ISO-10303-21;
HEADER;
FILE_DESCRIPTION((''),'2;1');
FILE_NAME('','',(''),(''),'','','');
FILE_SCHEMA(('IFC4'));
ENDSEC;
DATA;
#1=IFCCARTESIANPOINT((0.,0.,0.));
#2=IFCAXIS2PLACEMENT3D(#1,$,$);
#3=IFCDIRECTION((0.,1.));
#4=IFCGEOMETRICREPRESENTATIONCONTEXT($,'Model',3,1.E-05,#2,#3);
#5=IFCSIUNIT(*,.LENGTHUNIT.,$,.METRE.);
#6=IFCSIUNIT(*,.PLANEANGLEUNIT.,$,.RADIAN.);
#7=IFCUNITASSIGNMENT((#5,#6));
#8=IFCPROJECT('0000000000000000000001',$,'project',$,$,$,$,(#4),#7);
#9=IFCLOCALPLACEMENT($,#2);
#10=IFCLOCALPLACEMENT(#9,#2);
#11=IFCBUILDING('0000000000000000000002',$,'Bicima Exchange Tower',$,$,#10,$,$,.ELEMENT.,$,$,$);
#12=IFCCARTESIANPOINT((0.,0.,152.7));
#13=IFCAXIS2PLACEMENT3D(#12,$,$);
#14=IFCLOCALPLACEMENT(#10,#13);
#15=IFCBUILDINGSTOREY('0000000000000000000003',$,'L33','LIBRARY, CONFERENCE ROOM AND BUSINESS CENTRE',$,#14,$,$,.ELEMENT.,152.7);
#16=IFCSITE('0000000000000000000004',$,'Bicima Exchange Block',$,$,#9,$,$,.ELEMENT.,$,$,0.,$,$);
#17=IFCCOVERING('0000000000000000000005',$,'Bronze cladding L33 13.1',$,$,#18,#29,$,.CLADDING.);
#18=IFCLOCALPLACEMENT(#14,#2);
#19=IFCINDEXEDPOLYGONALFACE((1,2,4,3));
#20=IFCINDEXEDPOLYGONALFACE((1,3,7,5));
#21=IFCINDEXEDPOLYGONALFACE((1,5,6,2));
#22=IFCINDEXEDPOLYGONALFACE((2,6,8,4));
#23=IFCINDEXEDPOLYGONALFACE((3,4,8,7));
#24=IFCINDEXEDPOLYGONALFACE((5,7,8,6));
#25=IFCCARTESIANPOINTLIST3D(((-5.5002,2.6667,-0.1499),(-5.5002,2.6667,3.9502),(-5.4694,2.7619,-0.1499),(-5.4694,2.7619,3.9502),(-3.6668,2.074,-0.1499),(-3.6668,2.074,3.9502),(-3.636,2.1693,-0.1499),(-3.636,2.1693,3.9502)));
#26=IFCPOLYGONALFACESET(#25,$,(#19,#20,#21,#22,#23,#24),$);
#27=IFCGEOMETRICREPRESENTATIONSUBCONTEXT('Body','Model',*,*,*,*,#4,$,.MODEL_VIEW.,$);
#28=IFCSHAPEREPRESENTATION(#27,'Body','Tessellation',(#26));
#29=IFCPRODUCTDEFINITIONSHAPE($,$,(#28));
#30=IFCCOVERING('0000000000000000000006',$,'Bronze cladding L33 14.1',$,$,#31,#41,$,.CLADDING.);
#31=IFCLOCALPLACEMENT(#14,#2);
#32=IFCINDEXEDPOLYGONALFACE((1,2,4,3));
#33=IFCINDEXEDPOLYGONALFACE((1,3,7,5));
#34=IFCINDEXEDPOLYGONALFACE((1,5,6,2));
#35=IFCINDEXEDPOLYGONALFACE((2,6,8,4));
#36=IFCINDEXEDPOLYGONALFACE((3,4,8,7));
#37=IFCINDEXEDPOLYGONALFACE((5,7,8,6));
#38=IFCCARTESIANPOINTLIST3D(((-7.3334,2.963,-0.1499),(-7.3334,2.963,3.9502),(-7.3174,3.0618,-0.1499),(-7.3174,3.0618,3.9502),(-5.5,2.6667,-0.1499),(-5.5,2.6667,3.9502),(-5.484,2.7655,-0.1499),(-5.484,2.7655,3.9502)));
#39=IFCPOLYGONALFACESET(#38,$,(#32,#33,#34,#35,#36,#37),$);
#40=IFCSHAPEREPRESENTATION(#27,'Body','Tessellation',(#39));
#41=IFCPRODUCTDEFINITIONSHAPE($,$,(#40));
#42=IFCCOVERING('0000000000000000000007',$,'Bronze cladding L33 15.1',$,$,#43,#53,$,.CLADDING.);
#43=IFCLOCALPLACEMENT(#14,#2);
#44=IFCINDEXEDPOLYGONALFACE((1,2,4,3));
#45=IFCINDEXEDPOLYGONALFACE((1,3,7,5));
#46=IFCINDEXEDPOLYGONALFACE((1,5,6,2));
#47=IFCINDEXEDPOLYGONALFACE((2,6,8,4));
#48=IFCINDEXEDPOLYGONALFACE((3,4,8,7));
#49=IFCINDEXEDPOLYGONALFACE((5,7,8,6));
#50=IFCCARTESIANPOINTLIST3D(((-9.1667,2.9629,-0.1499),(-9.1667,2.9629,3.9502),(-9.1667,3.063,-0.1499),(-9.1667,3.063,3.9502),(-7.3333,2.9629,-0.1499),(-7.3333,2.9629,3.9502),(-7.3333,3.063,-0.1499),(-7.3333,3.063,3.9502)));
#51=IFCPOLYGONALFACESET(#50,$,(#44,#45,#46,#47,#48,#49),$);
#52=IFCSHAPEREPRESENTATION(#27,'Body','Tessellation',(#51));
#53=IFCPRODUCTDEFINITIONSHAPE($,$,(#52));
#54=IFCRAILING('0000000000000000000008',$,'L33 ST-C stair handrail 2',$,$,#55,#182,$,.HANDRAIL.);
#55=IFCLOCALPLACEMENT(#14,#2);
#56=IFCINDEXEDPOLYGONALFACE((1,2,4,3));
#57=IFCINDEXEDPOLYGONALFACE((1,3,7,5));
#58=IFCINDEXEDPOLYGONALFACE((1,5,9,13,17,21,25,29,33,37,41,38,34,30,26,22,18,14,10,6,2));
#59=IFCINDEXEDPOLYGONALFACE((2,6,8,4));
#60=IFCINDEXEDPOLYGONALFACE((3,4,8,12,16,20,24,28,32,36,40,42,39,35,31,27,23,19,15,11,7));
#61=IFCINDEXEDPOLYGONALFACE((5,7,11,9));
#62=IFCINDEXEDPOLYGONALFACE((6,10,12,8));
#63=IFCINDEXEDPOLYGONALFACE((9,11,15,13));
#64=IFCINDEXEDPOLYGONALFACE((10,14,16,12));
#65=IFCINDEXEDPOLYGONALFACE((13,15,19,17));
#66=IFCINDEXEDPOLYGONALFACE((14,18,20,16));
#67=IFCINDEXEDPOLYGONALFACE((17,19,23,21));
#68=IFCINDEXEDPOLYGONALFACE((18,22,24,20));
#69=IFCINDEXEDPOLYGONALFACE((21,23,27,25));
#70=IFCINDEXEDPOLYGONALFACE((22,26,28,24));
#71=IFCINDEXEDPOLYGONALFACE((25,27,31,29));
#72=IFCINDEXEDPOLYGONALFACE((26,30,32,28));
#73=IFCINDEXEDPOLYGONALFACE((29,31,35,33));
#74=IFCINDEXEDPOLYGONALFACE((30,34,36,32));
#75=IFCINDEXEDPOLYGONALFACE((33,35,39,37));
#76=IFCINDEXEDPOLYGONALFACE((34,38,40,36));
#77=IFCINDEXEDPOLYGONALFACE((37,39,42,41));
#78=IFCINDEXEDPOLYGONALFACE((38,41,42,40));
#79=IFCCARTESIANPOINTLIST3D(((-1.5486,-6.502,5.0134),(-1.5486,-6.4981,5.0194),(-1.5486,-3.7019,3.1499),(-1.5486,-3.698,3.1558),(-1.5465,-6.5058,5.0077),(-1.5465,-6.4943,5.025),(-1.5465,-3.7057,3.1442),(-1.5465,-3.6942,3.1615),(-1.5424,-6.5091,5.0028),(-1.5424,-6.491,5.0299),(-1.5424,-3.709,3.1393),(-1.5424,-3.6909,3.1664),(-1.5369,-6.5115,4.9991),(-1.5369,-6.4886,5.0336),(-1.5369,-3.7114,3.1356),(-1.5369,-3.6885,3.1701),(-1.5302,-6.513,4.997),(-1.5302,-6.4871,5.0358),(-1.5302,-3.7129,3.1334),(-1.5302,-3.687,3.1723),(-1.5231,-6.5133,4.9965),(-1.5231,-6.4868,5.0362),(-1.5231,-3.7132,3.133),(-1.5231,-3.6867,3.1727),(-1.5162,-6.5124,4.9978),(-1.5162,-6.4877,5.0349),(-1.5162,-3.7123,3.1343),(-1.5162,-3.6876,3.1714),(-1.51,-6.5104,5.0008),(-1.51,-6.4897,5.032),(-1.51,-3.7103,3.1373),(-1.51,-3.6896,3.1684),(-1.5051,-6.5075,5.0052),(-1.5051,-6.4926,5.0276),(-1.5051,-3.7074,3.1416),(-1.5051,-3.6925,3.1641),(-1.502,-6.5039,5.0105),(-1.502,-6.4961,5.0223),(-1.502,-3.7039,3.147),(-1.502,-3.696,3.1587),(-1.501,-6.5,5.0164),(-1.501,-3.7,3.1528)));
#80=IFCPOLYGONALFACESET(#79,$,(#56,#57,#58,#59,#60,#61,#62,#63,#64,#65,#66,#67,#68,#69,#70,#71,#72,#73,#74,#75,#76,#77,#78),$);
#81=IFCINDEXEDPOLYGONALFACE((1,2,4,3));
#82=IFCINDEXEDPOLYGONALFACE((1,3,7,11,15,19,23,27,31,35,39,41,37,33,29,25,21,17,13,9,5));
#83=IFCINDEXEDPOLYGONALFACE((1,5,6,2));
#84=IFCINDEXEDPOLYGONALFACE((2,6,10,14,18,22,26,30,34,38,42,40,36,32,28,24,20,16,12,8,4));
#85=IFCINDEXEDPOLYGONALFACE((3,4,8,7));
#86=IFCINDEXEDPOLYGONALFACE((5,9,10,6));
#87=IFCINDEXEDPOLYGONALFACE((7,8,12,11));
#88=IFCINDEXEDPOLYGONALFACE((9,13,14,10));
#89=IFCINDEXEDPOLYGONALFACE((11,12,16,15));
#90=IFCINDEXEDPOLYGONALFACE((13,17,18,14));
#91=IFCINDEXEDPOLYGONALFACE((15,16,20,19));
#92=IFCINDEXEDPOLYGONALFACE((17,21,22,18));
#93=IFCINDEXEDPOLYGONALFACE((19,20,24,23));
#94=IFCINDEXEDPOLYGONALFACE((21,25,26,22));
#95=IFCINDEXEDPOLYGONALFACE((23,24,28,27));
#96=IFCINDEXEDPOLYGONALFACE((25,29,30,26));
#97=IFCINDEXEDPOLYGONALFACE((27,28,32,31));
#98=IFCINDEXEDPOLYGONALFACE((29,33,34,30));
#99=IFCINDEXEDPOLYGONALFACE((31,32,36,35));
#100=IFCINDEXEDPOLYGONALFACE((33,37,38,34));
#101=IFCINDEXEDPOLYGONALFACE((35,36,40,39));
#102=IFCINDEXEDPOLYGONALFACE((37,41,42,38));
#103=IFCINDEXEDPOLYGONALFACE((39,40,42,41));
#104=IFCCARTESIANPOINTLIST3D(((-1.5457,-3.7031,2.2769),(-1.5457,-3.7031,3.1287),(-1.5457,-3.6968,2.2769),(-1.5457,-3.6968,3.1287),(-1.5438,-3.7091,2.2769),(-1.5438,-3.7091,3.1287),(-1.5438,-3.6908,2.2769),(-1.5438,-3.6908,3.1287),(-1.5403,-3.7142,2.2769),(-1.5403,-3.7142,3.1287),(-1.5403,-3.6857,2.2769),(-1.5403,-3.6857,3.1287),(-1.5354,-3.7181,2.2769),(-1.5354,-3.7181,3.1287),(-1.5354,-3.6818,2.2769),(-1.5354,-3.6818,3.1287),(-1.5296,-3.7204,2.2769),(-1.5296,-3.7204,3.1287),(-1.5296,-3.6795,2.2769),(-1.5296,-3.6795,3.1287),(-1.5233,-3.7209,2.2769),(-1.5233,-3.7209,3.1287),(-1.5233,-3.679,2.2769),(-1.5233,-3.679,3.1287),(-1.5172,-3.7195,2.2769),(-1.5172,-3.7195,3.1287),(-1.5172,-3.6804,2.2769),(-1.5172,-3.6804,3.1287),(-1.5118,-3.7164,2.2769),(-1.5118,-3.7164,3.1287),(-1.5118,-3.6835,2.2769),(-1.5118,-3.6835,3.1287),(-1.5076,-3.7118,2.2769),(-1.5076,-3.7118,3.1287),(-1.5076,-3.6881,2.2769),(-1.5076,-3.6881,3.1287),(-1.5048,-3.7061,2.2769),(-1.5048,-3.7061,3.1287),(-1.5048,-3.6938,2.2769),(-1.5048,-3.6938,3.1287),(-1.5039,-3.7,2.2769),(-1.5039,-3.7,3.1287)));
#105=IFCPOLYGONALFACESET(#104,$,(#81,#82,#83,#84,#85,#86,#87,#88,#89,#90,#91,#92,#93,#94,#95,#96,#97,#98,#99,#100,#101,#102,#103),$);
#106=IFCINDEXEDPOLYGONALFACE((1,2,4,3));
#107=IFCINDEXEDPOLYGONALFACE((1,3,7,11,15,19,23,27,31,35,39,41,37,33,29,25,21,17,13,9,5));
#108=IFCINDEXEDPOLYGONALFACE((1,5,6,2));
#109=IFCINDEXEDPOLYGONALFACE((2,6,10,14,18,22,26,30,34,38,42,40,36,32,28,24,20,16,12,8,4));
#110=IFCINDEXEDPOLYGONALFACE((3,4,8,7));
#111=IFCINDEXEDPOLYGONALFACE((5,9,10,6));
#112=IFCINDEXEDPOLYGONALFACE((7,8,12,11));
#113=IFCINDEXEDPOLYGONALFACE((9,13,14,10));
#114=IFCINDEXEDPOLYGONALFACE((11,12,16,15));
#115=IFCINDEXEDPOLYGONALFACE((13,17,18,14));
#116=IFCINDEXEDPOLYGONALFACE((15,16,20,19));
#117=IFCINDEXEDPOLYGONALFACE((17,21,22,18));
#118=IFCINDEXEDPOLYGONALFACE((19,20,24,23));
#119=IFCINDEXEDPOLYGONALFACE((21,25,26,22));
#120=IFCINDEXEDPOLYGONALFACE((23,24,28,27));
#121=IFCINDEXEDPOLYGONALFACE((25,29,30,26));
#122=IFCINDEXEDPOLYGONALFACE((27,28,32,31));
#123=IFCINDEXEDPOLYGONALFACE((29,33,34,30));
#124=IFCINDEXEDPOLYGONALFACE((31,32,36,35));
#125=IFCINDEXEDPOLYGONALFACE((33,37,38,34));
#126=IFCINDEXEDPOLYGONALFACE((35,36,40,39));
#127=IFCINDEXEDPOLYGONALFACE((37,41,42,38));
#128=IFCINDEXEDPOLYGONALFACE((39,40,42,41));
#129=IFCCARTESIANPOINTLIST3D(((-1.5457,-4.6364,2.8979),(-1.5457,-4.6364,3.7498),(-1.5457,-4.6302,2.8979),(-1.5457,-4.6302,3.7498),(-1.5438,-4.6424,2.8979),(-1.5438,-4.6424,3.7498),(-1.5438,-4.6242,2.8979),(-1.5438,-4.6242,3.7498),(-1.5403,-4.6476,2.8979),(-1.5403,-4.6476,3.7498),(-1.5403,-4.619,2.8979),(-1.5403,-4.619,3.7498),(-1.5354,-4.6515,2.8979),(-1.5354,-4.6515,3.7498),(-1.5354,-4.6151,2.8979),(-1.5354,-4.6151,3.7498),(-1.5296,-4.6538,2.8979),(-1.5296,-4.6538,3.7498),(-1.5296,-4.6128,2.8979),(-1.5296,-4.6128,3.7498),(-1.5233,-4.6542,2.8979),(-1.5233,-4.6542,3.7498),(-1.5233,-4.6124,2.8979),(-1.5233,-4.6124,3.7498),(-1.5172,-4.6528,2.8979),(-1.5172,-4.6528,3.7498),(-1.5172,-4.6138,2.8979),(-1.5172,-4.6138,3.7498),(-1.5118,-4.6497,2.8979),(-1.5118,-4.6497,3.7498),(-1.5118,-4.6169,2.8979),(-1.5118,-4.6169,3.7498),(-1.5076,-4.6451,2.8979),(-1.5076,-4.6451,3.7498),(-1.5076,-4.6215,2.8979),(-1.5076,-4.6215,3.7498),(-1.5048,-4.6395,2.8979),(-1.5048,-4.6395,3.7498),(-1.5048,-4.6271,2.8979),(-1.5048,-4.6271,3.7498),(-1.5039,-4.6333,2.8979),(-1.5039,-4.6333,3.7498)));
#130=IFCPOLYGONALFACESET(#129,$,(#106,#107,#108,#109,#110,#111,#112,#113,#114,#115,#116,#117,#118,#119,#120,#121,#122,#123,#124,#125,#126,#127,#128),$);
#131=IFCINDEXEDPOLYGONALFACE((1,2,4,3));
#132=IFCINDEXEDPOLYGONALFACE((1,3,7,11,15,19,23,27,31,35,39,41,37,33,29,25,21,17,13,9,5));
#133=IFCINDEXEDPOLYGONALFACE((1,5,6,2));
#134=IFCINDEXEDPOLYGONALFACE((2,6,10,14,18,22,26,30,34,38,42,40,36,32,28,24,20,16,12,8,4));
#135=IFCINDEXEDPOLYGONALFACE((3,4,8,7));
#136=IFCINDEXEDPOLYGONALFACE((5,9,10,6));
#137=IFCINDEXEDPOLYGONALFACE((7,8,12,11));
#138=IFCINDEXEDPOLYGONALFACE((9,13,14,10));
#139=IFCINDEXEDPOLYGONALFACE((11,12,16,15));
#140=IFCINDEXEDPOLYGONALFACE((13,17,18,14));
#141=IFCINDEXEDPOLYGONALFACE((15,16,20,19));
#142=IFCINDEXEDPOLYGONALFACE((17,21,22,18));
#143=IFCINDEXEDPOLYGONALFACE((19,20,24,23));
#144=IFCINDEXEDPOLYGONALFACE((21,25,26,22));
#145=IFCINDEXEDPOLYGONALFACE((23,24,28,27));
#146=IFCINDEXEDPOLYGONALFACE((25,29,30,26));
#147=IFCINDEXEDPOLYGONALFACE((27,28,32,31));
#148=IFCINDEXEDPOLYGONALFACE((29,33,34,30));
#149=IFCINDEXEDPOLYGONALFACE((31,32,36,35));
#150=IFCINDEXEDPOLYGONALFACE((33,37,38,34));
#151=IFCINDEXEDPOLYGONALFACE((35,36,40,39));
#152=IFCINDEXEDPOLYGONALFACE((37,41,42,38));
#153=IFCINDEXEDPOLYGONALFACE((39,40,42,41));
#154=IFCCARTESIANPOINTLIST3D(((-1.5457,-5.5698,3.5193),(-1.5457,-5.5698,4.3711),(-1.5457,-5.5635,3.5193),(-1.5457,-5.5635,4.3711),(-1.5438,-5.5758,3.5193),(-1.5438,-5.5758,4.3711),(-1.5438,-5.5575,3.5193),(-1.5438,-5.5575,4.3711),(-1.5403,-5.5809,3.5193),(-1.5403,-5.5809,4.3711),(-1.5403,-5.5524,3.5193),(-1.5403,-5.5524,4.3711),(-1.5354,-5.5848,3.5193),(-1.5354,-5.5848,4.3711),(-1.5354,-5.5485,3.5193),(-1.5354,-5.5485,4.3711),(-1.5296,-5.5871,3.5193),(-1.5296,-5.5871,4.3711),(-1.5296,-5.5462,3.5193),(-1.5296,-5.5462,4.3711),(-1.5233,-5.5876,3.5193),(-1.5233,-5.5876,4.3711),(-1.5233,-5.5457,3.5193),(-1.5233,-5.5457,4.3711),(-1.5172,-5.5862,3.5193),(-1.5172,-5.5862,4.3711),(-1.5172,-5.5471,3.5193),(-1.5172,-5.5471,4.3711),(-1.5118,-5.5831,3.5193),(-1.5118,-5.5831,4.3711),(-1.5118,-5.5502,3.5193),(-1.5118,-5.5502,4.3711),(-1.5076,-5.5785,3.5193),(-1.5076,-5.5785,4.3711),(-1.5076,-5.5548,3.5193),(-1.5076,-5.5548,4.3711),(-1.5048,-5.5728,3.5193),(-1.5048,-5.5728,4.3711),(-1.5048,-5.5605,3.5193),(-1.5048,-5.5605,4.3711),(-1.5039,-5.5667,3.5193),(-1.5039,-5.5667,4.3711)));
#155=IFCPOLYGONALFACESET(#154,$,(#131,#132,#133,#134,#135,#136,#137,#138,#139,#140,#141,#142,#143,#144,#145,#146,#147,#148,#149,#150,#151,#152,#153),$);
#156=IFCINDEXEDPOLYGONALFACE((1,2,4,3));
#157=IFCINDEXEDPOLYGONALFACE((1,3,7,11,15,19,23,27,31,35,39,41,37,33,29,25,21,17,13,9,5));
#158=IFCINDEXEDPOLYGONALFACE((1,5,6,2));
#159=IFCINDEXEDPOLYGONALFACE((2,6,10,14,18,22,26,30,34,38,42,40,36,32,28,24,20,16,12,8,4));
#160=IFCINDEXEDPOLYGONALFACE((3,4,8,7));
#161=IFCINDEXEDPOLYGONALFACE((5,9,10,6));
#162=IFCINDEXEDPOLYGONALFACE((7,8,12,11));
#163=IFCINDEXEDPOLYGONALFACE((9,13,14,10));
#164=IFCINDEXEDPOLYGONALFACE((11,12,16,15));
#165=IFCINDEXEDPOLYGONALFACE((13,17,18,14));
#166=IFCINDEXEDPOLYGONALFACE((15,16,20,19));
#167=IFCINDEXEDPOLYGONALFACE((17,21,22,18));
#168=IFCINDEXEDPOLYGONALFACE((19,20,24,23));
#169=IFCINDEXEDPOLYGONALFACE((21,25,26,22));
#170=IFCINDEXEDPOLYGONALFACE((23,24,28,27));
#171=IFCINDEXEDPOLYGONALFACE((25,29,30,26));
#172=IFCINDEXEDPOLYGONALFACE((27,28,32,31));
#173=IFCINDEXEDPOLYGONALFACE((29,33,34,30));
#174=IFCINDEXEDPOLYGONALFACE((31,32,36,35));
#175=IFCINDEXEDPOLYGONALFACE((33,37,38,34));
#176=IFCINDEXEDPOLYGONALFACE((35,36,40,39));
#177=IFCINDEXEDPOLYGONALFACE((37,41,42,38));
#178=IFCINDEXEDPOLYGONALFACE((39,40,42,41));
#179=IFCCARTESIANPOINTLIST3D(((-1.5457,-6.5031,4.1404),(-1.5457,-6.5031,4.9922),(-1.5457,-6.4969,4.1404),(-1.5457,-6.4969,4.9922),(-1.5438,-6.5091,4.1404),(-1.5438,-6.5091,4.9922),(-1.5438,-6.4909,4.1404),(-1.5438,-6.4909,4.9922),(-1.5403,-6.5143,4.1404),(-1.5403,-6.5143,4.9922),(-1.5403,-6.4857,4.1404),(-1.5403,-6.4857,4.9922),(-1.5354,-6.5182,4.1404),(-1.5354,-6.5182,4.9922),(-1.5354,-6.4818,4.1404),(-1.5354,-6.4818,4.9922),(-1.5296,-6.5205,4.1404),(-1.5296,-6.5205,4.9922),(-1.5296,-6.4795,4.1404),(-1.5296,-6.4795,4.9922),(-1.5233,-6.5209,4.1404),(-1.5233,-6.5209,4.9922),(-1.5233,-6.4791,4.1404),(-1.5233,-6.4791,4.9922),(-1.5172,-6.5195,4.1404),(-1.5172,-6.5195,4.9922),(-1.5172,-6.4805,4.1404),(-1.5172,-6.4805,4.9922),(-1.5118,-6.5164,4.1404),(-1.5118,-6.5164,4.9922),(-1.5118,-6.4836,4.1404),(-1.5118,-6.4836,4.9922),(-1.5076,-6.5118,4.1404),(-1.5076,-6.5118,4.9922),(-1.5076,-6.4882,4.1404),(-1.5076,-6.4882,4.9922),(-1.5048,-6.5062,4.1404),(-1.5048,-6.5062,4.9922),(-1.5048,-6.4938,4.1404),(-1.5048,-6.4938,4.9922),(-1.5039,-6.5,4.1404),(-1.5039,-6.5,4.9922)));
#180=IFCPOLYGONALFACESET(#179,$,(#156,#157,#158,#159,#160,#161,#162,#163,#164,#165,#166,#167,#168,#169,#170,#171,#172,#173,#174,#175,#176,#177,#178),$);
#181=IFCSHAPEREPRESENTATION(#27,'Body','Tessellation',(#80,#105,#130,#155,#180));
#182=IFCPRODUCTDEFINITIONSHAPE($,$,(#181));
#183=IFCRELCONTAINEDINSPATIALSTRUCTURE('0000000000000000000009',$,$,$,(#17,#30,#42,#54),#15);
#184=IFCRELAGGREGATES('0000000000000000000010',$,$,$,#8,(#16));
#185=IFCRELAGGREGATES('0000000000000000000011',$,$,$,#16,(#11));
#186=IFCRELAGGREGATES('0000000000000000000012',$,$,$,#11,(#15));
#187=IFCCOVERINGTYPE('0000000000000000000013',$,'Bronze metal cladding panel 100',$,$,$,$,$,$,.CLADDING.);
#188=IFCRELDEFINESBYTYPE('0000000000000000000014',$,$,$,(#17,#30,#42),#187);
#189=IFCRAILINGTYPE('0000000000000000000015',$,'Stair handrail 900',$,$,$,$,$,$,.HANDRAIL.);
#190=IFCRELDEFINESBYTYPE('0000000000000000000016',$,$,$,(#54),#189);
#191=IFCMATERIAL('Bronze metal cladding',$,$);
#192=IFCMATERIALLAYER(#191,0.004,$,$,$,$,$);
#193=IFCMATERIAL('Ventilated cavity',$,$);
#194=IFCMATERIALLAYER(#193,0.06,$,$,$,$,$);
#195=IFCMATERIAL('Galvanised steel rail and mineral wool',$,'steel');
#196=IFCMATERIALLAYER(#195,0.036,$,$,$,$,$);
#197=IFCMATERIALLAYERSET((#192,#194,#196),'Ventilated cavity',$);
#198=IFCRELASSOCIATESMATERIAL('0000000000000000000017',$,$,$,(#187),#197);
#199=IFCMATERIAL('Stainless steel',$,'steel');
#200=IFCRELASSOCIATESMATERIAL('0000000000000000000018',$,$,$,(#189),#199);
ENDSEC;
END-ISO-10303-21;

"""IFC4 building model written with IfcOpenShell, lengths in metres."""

from ifc_helpers import new_model, si_unit, direction, frame, origin, origin_2d, place, context, subcontext, project, spatial, rectangle, circle, extrude, material, layer, layer_set, type_object, element, save


model = new_model("IFC4")

# Units and contexts
model_context = context("Model", 3, precision=1e-05, world=origin(), true_north=direction((0.0, 1.0)))
body_context = subcontext(model_context, "Body", "Model", "MODEL_VIEW")
ifc_project = project(units=[si_unit("LENGTHUNIT", "METRE"), si_unit("PLANEANGLEUNIT", "RADIAN")], contexts=[model_context])

# Site, building, storey
site_placement = place(None, origin())
site = spatial("IfcSite", under=ifc_project, at=site_placement, Name="Bicima Exchange Block", CompositionType="ELEMENT", RefElevation=0.0)
building_placement = place(site_placement, origin())
building = spatial("IfcBuilding", under=site, at=building_placement, Name="Bicima Exchange Tower", CompositionType="ELEMENT")
storey_placement = place(building_placement, frame((0.0, 0.0, 152.7)))
storey = spatial("IfcBuildingStorey", under=building, at=storey_placement, Name="L33", Description="LIBRARY, CONFERENCE ROOM AND BUSINESS CENTRE", CompositionType="ELEMENT", Elevation=152.7)

# Coverings
ifc_material_1 = material(Name="Bronze metal cladding")
ifc_layer_1 = layer(ifc_material_1, 0.004)
ifc_material_2 = material(Name="Ventilated cavity")
ifc_layer_2 = layer(ifc_material_2, 0.06)
ifc_material_3 = material(Name="Galvanised steel rail and mineral wool", Category="steel")
ifc_layer_3 = layer(ifc_material_3, 0.036)
ifc_layer_set_1 = layer_set([ifc_layer_1, ifc_layer_2, ifc_layer_3], Name="Ventilated cavity")
covering_type = type_object("IfcCoveringType", Name="Bronze metal cladding panel 100", PredefinedType="CLADDING", material=ifc_layer_set_1)
covering_1_placement = place(storey_placement, frame((-4.5681, 2.418, -0.1499), z_axis=(0.0, 0.0, 1.0), x_axis=(-0.951525, 0.307573, 0.0)))
element("IfcCovering", 1, at=covering_1_placement, inside=storey, type_object=covering_type, Name="Bronze cladding L33 13.1", PredefinedType="CLADDING", context=body_context, shape_type="SweptSolid", body=[
    extrude(rectangle(XDim=1.9268, YDim=0.1001, at=origin_2d()), origin(), (0.0, 0.0, 1.0), 4.1001),
])
covering_2_placement = place(storey_placement, frame((-6.4087, 2.8643, -0.1499), z_axis=(0.0, 0.0, 1.0), x_axis=(-0.98719, 0.15955, 0.0)))
element("IfcCovering", 2, at=covering_2_placement, inside=storey, type_object=covering_type, Name="Bronze cladding L33 14.1", PredefinedType="CLADDING", context=body_context, shape_type="SweptSolid", body=[
    extrude(rectangle(XDim=1.8572, YDim=0.1001, at=origin_2d()), origin(), (0.0, 0.0, 1.0), 4.1001),
])
covering_3_placement = place(storey_placement, frame((-8.25, 3.0129, -0.1499), z_axis=(0.0, 0.0, 1.0), x_axis=(-1.0, 0.0, 0.0)))
element("IfcCovering", 3, at=covering_3_placement, inside=storey, type_object=covering_type, Name="Bronze cladding L33 15.1", PredefinedType="CLADDING", context=body_context, shape_type="SweptSolid", body=[
    extrude(rectangle(XDim=1.8335, YDim=0.1001, at=origin_2d()), origin(), (0.0, 0.0, 1.0), 4.1001),
])

# Railing
ifc_material_4 = material(Name="Stainless steel", Category="steel")
railing_type = type_object("IfcRailingType", Name="Stair handrail 900", PredefinedType="HANDRAIL", material=ifc_material_4)
railing_placement = place(storey_placement, frame((-1.5249, -3.7, 2.2769)))
element("IfcRailing", 4, at=railing_placement, inside=storey, type_object=railing_type, Name="L33 ST-C stair handrail 2", PredefinedType="HANDRAIL", context=body_context, shape_type="SweptSolid", body=[
    extrude(circle(Radius=0.0239, at=origin_2d()), frame((0.0, 0.0, 0.876), z_axis=(0.0, -0.832486, 0.554047), x_axis=(1.0, 0.0, 0.0)), (0.0, 0.0, 1.0), 3.3635),
    extrude(circle(Radius=0.021, at=origin_2d()), origin(), (0.0, 0.0, 1.0), 0.8518),
    extrude(circle(Radius=0.021, at=origin_2d()), frame((0.0, -0.9333, 0.6211)), (0.0, 0.0, 1.0), 0.8518),
    extrude(circle(Radius=0.021, at=origin_2d()), frame((0.0, -1.8667, 1.2424)), (0.0, 0.0, 1.0), 0.8518),
    extrude(circle(Radius=0.021, at=origin_2d()), frame((0.0, -2.8, 1.8635)), (0.0, 0.0, 1.0), 0.8518),
])

save(model, "model.ifc")
